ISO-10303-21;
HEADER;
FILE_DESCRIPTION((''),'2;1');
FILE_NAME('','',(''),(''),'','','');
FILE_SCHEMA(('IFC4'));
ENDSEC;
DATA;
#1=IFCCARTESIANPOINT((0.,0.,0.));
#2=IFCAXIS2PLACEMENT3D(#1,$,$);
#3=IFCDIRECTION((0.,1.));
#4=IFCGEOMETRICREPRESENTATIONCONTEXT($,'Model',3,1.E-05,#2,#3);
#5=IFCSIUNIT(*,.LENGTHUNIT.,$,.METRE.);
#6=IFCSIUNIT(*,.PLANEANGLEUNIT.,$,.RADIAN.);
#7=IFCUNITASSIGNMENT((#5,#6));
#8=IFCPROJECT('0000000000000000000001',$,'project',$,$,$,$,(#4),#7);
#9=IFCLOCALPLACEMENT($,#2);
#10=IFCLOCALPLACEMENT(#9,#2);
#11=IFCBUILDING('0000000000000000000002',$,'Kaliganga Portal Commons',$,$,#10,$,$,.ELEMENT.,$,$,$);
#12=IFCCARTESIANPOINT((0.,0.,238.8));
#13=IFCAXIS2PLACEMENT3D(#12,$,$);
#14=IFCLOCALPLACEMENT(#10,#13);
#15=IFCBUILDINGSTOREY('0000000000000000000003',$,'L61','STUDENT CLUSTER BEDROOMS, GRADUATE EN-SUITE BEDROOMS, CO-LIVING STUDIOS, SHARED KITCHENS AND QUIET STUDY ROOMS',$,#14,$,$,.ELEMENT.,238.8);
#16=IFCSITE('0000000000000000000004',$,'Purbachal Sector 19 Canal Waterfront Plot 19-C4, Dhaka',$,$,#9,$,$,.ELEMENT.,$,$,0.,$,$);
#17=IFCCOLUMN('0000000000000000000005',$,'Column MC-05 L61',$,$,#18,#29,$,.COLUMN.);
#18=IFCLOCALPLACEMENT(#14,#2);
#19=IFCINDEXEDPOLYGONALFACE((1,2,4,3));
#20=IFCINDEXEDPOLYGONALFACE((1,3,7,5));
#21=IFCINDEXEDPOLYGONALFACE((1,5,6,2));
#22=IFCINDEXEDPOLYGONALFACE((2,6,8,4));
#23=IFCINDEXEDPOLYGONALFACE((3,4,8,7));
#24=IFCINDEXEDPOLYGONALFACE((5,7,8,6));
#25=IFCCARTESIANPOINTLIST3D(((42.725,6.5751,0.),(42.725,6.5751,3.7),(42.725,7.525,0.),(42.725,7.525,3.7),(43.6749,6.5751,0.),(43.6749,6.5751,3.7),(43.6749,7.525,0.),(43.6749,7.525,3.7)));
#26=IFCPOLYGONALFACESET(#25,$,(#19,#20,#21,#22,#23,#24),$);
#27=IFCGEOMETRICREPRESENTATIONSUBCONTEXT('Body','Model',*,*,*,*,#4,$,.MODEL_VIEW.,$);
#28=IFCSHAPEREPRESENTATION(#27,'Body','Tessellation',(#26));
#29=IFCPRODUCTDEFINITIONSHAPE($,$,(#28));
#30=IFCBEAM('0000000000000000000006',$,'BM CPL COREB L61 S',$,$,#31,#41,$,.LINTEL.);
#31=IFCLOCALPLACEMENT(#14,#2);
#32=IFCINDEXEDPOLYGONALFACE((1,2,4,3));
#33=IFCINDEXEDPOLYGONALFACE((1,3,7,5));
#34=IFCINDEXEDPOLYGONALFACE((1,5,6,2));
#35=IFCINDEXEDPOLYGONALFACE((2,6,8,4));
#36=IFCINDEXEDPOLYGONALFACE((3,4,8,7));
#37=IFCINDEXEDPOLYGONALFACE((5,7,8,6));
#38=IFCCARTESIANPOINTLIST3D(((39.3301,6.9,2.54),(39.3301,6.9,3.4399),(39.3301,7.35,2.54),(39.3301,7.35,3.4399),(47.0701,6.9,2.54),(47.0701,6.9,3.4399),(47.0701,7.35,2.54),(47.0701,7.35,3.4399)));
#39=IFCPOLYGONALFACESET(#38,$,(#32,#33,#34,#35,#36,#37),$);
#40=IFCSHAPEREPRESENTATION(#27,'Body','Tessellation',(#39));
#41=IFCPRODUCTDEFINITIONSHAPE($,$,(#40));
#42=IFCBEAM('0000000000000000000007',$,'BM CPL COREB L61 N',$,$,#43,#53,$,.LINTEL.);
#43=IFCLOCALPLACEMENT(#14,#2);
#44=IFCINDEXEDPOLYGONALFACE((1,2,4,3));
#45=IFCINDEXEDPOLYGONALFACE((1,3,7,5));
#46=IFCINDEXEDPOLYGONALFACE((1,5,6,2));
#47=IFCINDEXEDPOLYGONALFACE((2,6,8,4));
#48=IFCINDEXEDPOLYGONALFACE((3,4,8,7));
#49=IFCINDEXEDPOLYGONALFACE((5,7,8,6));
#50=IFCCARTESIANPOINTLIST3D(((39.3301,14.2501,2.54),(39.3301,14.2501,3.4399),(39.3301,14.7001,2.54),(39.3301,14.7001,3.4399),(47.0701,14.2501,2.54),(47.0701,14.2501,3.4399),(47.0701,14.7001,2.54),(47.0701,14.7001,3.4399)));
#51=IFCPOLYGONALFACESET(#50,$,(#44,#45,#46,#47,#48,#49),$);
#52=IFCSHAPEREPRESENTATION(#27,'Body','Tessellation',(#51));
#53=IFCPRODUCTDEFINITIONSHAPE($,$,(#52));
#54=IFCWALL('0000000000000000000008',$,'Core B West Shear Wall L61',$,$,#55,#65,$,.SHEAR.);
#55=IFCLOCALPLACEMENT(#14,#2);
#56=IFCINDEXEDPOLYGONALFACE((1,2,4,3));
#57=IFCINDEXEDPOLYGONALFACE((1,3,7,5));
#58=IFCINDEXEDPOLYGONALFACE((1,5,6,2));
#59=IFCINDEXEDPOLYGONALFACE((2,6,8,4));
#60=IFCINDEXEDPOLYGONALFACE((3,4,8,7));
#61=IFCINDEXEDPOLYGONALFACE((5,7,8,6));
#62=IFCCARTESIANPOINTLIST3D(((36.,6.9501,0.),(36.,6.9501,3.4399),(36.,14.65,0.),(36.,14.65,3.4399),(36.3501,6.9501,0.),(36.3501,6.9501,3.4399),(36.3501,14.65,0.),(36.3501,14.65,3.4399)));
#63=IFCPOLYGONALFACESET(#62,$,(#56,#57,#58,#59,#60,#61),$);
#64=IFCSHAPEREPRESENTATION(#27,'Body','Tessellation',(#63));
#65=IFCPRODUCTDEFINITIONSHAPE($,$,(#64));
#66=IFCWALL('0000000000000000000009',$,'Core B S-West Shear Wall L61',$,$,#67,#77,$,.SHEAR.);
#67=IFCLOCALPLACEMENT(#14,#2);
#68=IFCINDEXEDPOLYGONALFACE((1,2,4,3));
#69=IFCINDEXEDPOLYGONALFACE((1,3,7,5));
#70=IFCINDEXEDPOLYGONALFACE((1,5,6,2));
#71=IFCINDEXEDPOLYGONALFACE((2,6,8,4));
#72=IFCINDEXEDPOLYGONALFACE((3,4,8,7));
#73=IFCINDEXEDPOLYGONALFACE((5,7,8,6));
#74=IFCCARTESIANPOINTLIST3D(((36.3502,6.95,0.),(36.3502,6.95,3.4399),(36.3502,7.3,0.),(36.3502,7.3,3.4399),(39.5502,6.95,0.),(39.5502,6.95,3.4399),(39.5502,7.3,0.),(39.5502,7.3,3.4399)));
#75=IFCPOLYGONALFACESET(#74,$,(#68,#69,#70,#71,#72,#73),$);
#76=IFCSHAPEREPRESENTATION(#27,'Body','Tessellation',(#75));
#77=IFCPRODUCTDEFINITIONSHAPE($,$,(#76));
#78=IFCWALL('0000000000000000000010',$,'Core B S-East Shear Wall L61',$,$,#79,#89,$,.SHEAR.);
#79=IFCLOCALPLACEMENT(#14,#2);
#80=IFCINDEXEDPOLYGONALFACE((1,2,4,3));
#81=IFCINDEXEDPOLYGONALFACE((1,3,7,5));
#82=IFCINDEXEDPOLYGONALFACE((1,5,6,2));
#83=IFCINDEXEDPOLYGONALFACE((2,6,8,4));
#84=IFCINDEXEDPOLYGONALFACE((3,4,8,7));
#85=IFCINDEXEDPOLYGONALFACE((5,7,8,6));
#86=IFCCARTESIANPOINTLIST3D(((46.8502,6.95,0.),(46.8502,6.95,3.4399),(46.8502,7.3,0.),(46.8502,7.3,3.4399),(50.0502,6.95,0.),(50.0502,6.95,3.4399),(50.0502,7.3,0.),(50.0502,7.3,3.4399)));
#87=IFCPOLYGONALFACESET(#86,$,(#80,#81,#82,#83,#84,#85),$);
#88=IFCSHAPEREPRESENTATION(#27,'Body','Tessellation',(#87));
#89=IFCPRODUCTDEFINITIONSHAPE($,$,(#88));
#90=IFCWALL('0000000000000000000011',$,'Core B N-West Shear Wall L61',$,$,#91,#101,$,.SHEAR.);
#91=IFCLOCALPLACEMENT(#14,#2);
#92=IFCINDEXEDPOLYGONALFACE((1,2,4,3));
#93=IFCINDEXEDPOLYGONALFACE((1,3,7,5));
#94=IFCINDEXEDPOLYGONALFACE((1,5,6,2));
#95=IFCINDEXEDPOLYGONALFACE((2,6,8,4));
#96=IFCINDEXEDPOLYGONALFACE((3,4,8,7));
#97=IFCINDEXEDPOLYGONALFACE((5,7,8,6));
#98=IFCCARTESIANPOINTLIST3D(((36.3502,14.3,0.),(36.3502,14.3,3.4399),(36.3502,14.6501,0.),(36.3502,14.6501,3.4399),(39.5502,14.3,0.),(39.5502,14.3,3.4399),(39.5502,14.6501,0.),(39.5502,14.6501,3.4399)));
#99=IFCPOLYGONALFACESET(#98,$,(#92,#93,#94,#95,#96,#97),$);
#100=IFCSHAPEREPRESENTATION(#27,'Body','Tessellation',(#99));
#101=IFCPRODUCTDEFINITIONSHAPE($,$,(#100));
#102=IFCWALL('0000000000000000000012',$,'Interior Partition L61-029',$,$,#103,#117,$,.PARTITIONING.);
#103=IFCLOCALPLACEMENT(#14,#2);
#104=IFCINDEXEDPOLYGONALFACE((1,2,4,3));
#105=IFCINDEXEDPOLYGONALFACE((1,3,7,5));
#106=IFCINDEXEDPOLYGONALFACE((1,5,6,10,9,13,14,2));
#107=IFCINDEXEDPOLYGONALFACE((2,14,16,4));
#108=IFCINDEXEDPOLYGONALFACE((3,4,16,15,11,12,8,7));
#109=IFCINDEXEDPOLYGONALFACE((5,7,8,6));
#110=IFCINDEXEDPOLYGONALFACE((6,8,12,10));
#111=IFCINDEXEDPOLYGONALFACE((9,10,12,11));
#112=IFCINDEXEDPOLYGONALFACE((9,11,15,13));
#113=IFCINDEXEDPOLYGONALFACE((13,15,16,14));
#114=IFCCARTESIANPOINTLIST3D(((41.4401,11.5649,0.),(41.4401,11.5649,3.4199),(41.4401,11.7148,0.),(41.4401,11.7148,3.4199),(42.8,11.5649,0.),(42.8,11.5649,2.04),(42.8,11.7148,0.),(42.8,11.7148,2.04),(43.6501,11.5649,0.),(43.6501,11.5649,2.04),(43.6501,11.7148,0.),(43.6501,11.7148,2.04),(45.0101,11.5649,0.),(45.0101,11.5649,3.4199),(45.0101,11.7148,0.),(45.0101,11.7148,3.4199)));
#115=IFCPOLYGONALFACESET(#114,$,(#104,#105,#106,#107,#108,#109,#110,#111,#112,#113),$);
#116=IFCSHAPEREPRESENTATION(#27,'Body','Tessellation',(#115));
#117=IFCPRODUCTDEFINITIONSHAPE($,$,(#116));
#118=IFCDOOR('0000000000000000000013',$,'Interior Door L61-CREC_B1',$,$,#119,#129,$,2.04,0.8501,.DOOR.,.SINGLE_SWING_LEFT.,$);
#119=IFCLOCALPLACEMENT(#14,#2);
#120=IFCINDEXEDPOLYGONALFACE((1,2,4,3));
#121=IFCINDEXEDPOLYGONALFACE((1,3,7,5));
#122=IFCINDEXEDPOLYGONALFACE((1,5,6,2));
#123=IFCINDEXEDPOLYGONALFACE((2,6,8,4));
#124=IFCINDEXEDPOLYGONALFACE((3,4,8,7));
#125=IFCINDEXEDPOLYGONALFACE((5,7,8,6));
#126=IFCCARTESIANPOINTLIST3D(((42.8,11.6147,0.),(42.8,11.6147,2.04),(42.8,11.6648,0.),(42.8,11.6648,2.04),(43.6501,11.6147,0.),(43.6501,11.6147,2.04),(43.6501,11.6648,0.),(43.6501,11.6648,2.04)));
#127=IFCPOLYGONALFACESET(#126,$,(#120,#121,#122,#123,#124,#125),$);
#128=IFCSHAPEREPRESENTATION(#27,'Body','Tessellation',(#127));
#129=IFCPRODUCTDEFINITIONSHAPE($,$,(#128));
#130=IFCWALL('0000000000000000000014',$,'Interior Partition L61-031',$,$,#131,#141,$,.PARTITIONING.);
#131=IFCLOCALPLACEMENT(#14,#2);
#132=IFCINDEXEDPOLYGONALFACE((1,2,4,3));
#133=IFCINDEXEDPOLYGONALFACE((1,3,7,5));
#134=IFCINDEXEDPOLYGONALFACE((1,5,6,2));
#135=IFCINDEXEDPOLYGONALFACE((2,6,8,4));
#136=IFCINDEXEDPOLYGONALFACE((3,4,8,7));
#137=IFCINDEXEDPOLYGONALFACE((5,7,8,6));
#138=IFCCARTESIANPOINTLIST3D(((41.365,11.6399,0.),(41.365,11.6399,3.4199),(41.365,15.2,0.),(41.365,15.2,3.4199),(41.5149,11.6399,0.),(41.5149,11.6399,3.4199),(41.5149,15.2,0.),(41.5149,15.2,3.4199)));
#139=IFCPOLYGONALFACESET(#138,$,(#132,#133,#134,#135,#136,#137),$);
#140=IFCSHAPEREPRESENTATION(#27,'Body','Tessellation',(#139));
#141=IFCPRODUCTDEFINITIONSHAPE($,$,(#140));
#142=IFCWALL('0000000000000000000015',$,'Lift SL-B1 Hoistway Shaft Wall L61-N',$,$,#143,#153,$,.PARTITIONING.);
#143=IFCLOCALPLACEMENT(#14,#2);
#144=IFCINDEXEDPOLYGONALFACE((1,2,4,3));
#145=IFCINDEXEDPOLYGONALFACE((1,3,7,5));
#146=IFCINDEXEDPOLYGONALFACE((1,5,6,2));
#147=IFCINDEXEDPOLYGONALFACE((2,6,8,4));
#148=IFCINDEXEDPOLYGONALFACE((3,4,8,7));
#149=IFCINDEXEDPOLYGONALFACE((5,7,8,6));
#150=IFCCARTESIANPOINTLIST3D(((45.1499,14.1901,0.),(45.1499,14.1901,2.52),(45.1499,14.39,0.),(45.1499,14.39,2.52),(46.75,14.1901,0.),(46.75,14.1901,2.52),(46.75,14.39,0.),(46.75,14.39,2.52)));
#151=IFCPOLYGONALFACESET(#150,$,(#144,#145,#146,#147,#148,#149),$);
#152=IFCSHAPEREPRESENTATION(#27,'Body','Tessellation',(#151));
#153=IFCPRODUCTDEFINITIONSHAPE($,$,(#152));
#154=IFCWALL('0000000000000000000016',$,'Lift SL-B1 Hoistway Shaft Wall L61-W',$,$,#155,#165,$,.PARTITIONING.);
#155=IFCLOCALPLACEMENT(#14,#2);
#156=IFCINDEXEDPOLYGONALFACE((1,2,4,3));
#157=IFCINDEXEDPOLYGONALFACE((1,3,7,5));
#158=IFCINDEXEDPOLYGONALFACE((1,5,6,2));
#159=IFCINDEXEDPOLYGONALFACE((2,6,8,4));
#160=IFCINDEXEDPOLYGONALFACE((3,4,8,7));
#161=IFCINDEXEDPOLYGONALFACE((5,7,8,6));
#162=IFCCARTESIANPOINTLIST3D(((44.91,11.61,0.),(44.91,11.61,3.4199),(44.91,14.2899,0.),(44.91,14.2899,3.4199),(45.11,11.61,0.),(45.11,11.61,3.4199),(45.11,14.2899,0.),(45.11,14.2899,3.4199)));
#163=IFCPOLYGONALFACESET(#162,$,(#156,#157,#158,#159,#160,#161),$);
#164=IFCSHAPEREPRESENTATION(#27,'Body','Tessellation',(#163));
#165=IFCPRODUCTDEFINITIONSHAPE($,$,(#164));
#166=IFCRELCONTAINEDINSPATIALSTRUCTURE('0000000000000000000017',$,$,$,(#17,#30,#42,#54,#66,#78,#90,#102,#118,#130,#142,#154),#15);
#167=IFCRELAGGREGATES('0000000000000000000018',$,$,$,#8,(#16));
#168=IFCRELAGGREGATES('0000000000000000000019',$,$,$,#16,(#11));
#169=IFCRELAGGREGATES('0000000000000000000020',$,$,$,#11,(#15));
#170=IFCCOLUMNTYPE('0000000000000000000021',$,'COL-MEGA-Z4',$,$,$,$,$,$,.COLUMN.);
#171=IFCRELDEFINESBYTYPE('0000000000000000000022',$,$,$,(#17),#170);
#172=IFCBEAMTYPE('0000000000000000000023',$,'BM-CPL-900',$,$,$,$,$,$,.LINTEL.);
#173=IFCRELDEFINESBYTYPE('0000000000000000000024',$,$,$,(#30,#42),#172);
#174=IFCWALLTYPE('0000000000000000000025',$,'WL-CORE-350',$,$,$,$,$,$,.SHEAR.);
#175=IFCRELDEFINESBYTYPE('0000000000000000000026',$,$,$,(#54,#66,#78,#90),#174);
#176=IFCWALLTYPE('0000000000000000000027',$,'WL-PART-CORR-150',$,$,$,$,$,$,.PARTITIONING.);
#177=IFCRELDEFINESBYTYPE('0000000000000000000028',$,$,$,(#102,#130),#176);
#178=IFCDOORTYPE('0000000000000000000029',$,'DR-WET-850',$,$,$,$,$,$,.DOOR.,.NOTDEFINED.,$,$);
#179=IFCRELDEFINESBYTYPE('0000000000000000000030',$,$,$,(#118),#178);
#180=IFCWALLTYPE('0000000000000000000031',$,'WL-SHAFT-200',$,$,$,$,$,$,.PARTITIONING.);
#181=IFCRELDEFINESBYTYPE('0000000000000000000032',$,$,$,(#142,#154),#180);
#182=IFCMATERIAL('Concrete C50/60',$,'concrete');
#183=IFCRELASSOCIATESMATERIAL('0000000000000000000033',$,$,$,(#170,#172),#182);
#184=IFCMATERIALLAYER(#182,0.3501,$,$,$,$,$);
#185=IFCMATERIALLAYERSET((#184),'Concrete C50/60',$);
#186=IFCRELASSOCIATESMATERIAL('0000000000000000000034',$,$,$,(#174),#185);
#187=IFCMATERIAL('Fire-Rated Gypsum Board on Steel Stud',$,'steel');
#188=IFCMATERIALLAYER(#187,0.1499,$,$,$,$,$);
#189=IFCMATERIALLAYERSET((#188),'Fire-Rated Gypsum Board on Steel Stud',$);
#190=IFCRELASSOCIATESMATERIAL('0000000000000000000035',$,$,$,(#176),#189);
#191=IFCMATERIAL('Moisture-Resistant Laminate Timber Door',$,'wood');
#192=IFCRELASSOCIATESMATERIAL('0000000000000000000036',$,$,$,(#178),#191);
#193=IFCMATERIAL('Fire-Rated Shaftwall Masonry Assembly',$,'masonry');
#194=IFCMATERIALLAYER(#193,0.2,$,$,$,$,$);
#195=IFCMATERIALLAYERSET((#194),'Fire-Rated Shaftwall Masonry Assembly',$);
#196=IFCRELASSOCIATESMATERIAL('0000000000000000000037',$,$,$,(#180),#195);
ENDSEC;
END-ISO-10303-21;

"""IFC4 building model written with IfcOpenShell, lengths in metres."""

from ifc_helpers import new_model, si_unit, direction, frame, frame_2d, origin, origin_2d, place, context, subcontext, project, spatial, rectangle, extrude, source, transform, mapped, material, layer, layer_set, material_profile, profile_set, type_object, element, fill, save


model = new_model("IFC4")

# Units and contexts
model_context = context("Model", 3, precision=1e-05, world=origin(), true_north=direction((0.0, 1.0)))
body_context = subcontext(model_context, "Body", "Model", "MODEL_VIEW")
ifc_project = project(units=[si_unit("LENGTHUNIT", "METRE"), si_unit("PLANEANGLEUNIT", "RADIAN")], contexts=[model_context])

# Site, building, storey
site_placement = place(None, origin())
site = spatial("IfcSite", under=ifc_project, at=site_placement, Name="Purbachal Sector 19 Canal Waterfront Plot 19-C4, Dhaka", CompositionType="ELEMENT", RefElevation=0.0)
building_placement = place(site_placement, origin())
building = spatial("IfcBuilding", under=site, at=building_placement, Name="Kaliganga Portal Commons", CompositionType="ELEMENT")
storey_placement = place(building_placement, frame((0.0, 0.0, 238.8)))
storey = spatial("IfcBuildingStorey", under=building, at=storey_placement, Name="L61", Description="STUDENT CLUSTER BEDROOMS, GRADUATE EN-SUITE BEDROOMS, CO-LIVING STUDIOS, SHARED KITCHENS AND QUIET STUDY ROOMS", CompositionType="ELEMENT", Elevation=238.8)

# Column
ifc_material_1 = material(Name="Concrete C50/60", Category="concrete")
ifc_material_profile_1 = material_profile(ifc_material_1, rectangle(XDim=0.95, YDim=0.95, at=origin_2d()), Name="RC 950x950")
ifc_profile_set_1 = profile_set([ifc_material_profile_1], Name="Concrete C50/60")
column_type = type_object("IfcColumnType", Name="COL-MEGA-Z4", PredefinedType="COLUMN", material=ifc_profile_set_1)
shared_shape_1 = source(origin(), body_context, "Body", "SweptSolid", [
    extrude(rectangle(XDim=0.95, YDim=0.95, at=origin_2d()), origin(), (0.0, 0.0, 1.0), 3.7),
])
column_placement = place(storey_placement, frame((43.2, 7.05, 0.0), z_axis=(0.0, 0.0, 1.0), x_axis=(1.0, 0.0, 0.0)))
element("IfcColumn", 1, at=column_placement, inside=storey, type_object=column_type, Name="Column MC-05 L61", PredefinedType="COLUMN", context=body_context, shape_type="MappedRepresentation", body=[
    mapped(shared_shape_1, transform((0.0, 0.0, 0.0), x_axis=(1.0, 0.0, 0.0), y_axis=(0.0, 1.0, 0.0), z_axis=(0.0, 0.0, 1.0), scale=1.0)),
])

# Beams
ifc_material_profile_2 = material_profile(ifc_material_1, rectangle(XDim=0.45, YDim=0.8999, at=origin_2d()), Name="RC 450x900")
ifc_profile_set_2 = profile_set([ifc_material_profile_2], Name="Concrete C50/60")
beam_type = type_object("IfcBeamType", Name="BM-CPL-900", PredefinedType="LINTEL", material=ifc_profile_set_2)
shared_shape_2 = source(origin(), body_context, "Body", "SweptSolid", [
    extrude(rectangle(XDim=0.45, YDim=0.8999, at=origin_2d()), origin(), (0.0, 0.0, 1.0), 7.74),
])
for number, where, z_axis, x_axis, name in (
    (2, (39.3301, 7.125, 2.99), (1.0, 0.0, 0.0), (0.0, 1.0, 0.0), "BM CPL COREB L61 S"),
    (3, (39.3301, 14.4751, 2.99), (1.0, 0.0, 0.0), (0.0, 1.0, 0.0), "BM CPL COREB L61 N"),
):
    element("IfcBeam", number, at=place(storey_placement, frame(where, z_axis=z_axis, x_axis=x_axis)), inside=storey, type_object=beam_type, Name=name, PredefinedType="LINTEL", context=body_context, shape_type="MappedRepresentation", body=[
        mapped(shared_shape_2, transform((0.0, 0.0, 0.0), x_axis=(1.0, 0.0, 0.0), y_axis=(0.0, 1.0, 0.0), z_axis=(0.0, 0.0, 1.0), scale=1.0)),
    ])

# Walls
ifc_layer_1 = layer(ifc_material_1, 0.3501)
ifc_layer_set_1 = layer_set([ifc_layer_1], Name="Concrete C50/60")
wall_type_1 = type_object("IfcWallType", Name="WL-CORE-350", PredefinedType="SHEAR", material=ifc_layer_set_1)
wall_1_placement = place(storey_placement, frame((36.175, 6.95, 0.0), z_axis=(0.0, 0.0, 1.0), x_axis=(0.0, 1.0, 0.0)))
element("IfcWall", 4, at=wall_1_placement, inside=storey, type_object=wall_type_1, Name="Core B West Shear Wall L61", PredefinedType="SHEAR", context=body_context, shape_type="SweptSolid", body=[
    extrude(rectangle(XDim=7.7, YDim=0.3501, at=frame_2d((3.8501, 0.0))), origin(), (0.0, 0.0, 1.0), 3.4399),
])
for number, where, z_axis, x_axis, name in (
    (5, (36.3501, 7.125, 0.0), (0.0, 0.0, 1.0), (1.0, 0.0, 0.0), "Core B S-West Shear Wall L61"),
    (6, (46.8501, 7.125, 0.0), (0.0, 0.0, 1.0), (1.0, 0.0, 0.0), "Core B S-East Shear Wall L61"),
    (7, (36.3501, 14.4751, 0.0), (0.0, 0.0, 1.0), (1.0, 0.0, 0.0), "Core B N-West Shear Wall L61"),
):
    element("IfcWall", number, at=place(storey_placement, frame(where, z_axis=z_axis, x_axis=x_axis)), inside=storey, type_object=wall_type_1, Name=name, PredefinedType="SHEAR", context=body_context, shape_type="SweptSolid", body=[
        extrude(rectangle(XDim=3.2, YDim=0.3501, at=frame_2d((1.6001, 0.0))), origin(), (0.0, 0.0, 1.0), 3.4399),
    ])

# Wall, opening, door
ifc_material_2 = material(Name="Fire-Rated Gypsum Board on Steel Stud", Category="steel")
ifc_layer_2 = layer(ifc_material_2, 0.1499)
ifc_layer_set_2 = layer_set([ifc_layer_2], Name="Fire-Rated Gypsum Board on Steel Stud")
wall_type_2 = type_object("IfcWallType", Name="WL-PART-CORR-150", PredefinedType="PARTITIONING", material=ifc_layer_set_2)
wall_2_placement = place(storey_placement, frame((41.4399, 11.6399, 0.0), z_axis=(0.0, 0.0, 1.0), x_axis=(1.0, 0.0, 0.0)))
wall_2 = element("IfcWall", 8, at=wall_2_placement, inside=storey, type_object=wall_type_2, Name="Interior Partition L61-029", PredefinedType="PARTITIONING", context=body_context, shape_type="SweptSolid", body=[
    extrude(rectangle(XDim=3.5701, YDim=0.1499, at=frame_2d((1.7852, 0.0))), origin(), (0.0, 0.0, 1.0), 3.4199),
])
opening_1_placement = place(wall_2_placement, frame((1.3601, 0.0, 0.0)))
opening_1 = element("IfcOpeningElement", 9, at=opening_1_placement, cuts=wall_2, PredefinedType="OPENING", context=body_context, shape_type="SweptSolid", body=[
    extrude(rectangle(XDim=0.8501, YDim=2.04, at=frame_2d((0.425, 1.02))), frame((0.0, 0.085, 0.0), z_axis=(0.0, -1.0, 0.0), x_axis=(1.0, 0.0, 0.0)), (0.0, 0.0, 1.0), 0.1699),
])
ifc_material_3 = material(Name="Moisture-Resistant Laminate Timber Door", Category="wood")
door_type_1 = type_object("IfcDoorType", Name="DR-WET-850", OperationType="NOTDEFINED", PredefinedType="DOOR", material=ifc_material_3)
door_1_placement = place(opening_1_placement, origin())
door_1 = element("IfcDoor", 10, at=door_1_placement, inside=storey, type_object=door_type_1, Name="Interior Door L61-CREC_B1", OperationType="SINGLE_SWING_LEFT", OverallHeight=2.04, OverallWidth=0.8501, PredefinedType="DOOR", context=body_context, shape_type="SweptSolid", body=[
    extrude(rectangle(XDim=0.8501, YDim=2.04, at=frame_2d((0.425, 1.02))), frame((0.0, 0.0249, 0.0), z_axis=(0.0, -1.0, 0.0), x_axis=(1.0, 0.0, 0.0)), (0.0, 0.0, 1.0), 0.05),
])
fill(opening_1, door_1)

# Wall
wall_3_placement = place(storey_placement, frame((41.4399, 11.6399, 0.0), z_axis=(0.0, 0.0, 1.0), x_axis=(0.0, 1.0, 0.0)))
element("IfcWall", 11, at=wall_3_placement, inside=storey, type_object=wall_type_2, Name="Interior Partition L61-031", PredefinedType="PARTITIONING", context=body_context, shape_type="SweptSolid", body=[
    extrude(rectangle(XDim=3.5601, YDim=0.1499, at=frame_2d((1.78, 0.0))), origin(), (0.0, 0.0, 1.0), 3.4199),
])

# Shared definitions
ifc_material_4 = material(Name="Fire-Rated Shaftwall Masonry Assembly", Category="masonry")
ifc_layer_3 = layer(ifc_material_4, 0.2)
ifc_layer_set_3 = layer_set([ifc_layer_3], Name="Fire-Rated Shaftwall Masonry Assembly")
wall_type_3 = type_object("IfcWallType", Name="WL-SHAFT-200", PredefinedType="PARTITIONING", material=ifc_layer_set_3)

# Walls
wall_4_placement = place(storey_placement, frame((45.1499, 14.29, 0.0), z_axis=(0.0, 0.0, 1.0), x_axis=(1.0, 0.0, 0.0)))
element("IfcWall", 12, at=wall_4_placement, inside=storey, type_object=wall_type_3, Name="Lift SL-B1 Hoistway Shaft Wall L61-N", PredefinedType="PARTITIONING", context=body_context, shape_type="SweptSolid", body=[
    extrude(rectangle(XDim=1.6001, YDim=0.2, at=frame_2d((0.8, 0.0))), origin(), (0.0, 0.0, 1.0), 2.52),
])
wall_5_placement = place(storey_placement, frame((45.01, 11.6101, 0.0), z_axis=(0.0, 0.0, 1.0), x_axis=(0.0, 1.0, 0.0)))
element("IfcWall", 13, at=wall_5_placement, inside=storey, type_object=wall_type_3, Name="Lift SL-B1 Hoistway Shaft Wall L61-W", PredefinedType="PARTITIONING", context=body_context, shape_type="SweptSolid", body=[
    extrude(rectangle(XDim=2.6799, YDim=0.2, at=frame_2d((1.3398, 0.0))), origin(), (0.0, 0.0, 1.0), 3.4199),
])

save(model, "model.ifc")
